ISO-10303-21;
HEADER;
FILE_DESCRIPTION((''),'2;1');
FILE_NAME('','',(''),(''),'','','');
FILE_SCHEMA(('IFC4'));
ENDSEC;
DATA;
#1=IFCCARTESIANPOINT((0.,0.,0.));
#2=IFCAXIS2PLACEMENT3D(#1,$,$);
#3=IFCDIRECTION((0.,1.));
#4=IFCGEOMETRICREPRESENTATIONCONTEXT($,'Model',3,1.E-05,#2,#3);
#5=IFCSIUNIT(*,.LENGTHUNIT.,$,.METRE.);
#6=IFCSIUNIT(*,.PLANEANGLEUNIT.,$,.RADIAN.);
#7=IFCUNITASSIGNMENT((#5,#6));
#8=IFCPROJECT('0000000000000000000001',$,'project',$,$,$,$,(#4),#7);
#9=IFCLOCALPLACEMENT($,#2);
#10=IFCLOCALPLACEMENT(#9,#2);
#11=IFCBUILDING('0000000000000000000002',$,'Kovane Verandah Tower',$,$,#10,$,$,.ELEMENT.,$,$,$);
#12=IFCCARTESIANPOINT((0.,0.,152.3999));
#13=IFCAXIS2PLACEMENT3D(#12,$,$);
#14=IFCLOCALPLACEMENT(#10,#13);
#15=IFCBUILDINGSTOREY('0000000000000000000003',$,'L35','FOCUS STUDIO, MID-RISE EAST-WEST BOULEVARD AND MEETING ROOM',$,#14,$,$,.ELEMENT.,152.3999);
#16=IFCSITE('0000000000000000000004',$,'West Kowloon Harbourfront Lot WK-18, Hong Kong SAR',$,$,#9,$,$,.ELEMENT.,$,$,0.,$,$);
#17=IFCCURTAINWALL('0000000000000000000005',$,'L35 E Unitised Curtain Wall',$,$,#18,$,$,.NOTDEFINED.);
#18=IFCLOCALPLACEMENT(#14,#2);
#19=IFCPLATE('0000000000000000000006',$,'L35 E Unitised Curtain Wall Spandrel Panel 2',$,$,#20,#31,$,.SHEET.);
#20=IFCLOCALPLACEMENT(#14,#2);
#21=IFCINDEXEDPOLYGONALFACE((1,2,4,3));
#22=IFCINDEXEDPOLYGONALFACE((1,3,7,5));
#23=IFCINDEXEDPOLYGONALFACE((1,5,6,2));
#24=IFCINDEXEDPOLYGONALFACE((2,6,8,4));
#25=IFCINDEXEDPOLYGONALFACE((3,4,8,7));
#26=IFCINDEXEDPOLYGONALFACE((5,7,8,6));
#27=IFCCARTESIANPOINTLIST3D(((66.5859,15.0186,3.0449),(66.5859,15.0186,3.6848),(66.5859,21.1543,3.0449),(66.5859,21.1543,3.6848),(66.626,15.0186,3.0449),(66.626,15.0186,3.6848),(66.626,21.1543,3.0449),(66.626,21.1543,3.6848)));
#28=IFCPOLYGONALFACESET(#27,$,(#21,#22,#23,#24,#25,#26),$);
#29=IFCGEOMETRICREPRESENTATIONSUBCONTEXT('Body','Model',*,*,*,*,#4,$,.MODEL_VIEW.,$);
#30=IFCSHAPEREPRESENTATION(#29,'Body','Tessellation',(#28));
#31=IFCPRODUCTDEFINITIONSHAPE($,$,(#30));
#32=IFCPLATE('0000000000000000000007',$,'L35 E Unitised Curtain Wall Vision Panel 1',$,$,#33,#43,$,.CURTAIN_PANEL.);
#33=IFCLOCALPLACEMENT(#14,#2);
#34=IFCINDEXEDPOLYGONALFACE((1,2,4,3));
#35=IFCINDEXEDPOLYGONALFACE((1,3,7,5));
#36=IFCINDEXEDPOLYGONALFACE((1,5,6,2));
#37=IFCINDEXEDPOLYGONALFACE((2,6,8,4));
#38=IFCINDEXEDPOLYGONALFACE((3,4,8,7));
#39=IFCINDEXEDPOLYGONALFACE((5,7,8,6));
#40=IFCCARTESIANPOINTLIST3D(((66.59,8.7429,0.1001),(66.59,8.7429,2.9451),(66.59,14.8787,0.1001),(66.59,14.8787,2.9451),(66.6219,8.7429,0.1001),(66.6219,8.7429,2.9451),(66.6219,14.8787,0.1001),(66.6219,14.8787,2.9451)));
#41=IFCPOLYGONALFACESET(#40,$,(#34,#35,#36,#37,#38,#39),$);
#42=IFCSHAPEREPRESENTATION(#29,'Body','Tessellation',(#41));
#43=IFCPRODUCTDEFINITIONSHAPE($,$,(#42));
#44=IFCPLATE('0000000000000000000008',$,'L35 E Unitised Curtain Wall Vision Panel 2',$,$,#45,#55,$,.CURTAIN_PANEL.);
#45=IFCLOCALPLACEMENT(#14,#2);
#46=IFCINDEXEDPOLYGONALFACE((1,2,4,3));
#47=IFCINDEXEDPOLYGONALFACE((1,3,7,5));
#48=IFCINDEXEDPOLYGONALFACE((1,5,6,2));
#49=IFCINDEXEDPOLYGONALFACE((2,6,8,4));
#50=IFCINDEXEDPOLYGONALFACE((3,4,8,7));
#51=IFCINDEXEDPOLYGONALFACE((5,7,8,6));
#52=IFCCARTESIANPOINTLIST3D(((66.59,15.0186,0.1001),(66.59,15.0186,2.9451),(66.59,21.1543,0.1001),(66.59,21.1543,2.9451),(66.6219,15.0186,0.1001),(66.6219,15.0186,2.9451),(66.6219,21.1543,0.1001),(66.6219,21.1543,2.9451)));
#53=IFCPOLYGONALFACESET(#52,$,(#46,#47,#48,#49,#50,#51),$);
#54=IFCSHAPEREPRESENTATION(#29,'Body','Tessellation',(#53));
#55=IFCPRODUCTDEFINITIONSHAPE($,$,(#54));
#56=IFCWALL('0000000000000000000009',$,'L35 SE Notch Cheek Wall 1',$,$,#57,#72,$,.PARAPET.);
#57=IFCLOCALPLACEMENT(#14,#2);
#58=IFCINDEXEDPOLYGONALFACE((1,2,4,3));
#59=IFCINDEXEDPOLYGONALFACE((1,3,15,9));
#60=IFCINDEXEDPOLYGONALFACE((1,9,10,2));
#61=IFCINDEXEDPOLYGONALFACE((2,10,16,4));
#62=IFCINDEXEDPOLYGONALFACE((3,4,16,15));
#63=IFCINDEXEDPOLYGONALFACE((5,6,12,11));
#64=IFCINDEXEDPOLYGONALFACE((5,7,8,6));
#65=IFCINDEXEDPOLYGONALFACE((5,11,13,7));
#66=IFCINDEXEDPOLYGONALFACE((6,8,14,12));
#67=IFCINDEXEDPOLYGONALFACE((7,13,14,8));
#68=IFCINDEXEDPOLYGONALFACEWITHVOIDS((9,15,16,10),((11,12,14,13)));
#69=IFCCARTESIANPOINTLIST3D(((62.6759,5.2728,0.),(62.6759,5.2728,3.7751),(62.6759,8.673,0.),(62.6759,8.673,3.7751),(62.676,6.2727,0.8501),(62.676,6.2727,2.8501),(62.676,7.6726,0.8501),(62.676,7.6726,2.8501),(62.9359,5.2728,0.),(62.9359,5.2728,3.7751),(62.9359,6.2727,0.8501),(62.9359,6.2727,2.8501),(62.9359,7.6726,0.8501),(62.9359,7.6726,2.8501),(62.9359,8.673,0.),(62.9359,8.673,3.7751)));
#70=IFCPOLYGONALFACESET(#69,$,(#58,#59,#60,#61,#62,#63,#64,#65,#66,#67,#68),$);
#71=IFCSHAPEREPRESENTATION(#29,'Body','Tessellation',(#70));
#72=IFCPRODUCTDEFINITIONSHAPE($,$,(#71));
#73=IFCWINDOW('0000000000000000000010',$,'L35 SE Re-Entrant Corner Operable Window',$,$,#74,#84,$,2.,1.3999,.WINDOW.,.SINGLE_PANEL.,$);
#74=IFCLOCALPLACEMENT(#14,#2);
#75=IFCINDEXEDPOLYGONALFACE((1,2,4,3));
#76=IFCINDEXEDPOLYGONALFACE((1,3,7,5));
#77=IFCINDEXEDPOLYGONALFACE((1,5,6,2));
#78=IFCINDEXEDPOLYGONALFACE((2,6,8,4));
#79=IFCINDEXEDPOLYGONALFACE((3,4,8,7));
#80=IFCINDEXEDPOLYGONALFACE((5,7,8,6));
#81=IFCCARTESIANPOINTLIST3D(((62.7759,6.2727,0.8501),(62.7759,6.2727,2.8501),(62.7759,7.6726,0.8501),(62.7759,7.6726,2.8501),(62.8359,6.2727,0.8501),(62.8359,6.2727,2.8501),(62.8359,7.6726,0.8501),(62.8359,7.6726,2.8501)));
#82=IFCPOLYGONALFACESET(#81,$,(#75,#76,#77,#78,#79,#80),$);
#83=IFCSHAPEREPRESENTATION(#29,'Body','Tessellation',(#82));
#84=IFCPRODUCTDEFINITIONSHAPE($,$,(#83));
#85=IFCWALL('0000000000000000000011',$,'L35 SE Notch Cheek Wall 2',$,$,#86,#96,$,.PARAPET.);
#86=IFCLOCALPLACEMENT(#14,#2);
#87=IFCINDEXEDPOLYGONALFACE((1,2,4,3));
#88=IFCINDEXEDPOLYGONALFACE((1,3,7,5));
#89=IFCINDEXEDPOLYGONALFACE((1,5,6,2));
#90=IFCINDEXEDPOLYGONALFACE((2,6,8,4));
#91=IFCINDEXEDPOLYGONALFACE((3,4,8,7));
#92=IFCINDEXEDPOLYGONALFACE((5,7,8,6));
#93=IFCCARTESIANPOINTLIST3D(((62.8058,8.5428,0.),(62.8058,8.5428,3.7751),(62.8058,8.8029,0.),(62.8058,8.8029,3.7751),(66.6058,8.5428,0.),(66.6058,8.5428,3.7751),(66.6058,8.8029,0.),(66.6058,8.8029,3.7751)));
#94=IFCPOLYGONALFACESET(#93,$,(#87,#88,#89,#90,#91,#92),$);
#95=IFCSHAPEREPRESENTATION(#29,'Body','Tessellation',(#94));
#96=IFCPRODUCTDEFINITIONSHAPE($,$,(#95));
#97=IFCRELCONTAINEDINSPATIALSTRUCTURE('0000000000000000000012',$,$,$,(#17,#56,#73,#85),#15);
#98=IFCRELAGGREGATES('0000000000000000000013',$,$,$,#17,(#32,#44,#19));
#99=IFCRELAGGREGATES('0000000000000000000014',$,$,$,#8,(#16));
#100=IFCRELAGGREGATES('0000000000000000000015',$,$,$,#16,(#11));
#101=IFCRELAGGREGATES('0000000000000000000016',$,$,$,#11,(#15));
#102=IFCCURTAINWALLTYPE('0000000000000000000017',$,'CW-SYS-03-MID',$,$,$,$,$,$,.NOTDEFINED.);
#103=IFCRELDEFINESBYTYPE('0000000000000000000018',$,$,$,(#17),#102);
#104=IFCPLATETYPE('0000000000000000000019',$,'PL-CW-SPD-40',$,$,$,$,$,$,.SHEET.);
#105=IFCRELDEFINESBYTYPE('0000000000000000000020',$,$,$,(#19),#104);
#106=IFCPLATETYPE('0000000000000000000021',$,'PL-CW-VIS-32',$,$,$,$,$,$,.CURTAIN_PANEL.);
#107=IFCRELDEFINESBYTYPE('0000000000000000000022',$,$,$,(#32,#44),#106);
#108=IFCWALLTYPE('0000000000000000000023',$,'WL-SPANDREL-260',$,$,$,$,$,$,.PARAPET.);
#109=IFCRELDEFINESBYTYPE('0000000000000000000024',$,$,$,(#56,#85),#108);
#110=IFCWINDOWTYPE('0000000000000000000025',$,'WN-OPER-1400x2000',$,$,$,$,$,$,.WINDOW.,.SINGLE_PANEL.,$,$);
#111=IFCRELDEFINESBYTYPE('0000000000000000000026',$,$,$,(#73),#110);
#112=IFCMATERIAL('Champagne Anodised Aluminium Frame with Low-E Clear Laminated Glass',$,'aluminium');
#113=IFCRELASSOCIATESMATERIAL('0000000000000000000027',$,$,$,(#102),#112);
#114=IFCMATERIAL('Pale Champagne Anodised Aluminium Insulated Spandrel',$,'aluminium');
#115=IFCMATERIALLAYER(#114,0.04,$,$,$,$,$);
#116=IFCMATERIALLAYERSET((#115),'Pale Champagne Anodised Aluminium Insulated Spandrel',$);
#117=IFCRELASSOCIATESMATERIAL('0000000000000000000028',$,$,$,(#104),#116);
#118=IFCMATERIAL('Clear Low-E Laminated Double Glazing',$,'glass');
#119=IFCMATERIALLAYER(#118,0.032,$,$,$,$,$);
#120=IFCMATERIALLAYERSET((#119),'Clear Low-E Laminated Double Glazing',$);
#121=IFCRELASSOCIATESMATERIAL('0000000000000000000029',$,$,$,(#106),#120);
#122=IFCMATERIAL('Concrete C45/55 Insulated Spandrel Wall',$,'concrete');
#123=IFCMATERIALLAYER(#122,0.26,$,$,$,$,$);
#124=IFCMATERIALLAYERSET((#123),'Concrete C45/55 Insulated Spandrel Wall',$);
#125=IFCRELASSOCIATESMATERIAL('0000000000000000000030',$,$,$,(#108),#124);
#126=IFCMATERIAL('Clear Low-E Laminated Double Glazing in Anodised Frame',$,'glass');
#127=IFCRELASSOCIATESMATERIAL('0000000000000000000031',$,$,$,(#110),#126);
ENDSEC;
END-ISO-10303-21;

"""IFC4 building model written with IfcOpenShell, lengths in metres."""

from ifc_helpers import new_model, si_unit, direction, frame, frame_2d, origin, origin_2d, place, context, subcontext, project, spatial, rectangle, extrude, material, layer, layer_set, type_object, element, fill, aggregate, save


model = new_model("IFC4")

# Units and contexts
model_context = context("Model", 3, precision=1e-05, world=origin(), true_north=direction((0.0, 1.0)))
body_context = subcontext(model_context, "Body", "Model", "MODEL_VIEW")
ifc_project = project(units=[si_unit("LENGTHUNIT", "METRE"), si_unit("PLANEANGLEUNIT", "RADIAN")], contexts=[model_context])

# Site, building, storey
site_placement = place(None, origin())
site = spatial("IfcSite", under=ifc_project, at=site_placement, Name="West Kowloon Harbourfront Lot WK-18, Hong Kong SAR", CompositionType="ELEMENT", RefElevation=0.0)
building_placement = place(site_placement, origin())
building = spatial("IfcBuilding", under=site, at=building_placement, Name="Kovane Verandah Tower", CompositionType="ELEMENT")
storey_placement = place(building_placement, frame((0.0, 0.0, 152.3999)))
storey = spatial("IfcBuildingStorey", under=building, at=storey_placement, Name="L35", Description="FOCUS STUDIO, MID-RISE EAST-WEST BOULEVARD AND MEETING ROOM", CompositionType="ELEMENT", Elevation=152.3999)

# Curtain wall
ifc_material_1 = material(Name="Champagne Anodised Aluminium Frame with Low-E Clear Laminated Glass", Category="aluminium")
curtain_wall_type = type_object("IfcCurtainWallType", Name="CW-SYS-03-MID", PredefinedType="NOTDEFINED", material=ifc_material_1)
curtain_wall_placement = place(storey_placement, origin())
curtain_wall = element("IfcCurtainWall", 1, at=curtain_wall_placement, inside=storey, type_object=curtain_wall_type, Name="L35 E Unitised Curtain Wall", PredefinedType="NOTDEFINED")

# Plates
ifc_material_2 = material(Name="Pale Champagne Anodised Aluminium Insulated Spandrel", Category="aluminium")
ifc_layer_1 = layer(ifc_material_2, 0.04)
ifc_layer_set_1 = layer_set([ifc_layer_1], Name="Pale Champagne Anodised Aluminium Insulated Spandrel")
plate_type_1 = type_object("IfcPlateType", Name="PL-CW-SPD-40", PredefinedType="SHEET", material=ifc_layer_set_1)
plate_1_placement = place(storey_placement, frame((66.606, 18.0864, 3.0449), z_axis=(0.0, 0.0, 1.0), x_axis=(0.0, 1.0, 0.0)))
plate_1 = element("IfcPlate", 2, at=plate_1_placement, type_object=plate_type_1, Name="L35 E Unitised Curtain Wall Spandrel Panel 2", PredefinedType="SHEET", context=body_context, shape_type="SweptSolid", body=[
    extrude(rectangle(XDim=6.1357, YDim=0.04, at=origin_2d()), origin(), (0.0, 0.0, 1.0), 0.6399),
])
ifc_material_3 = material(Name="Clear Low-E Laminated Double Glazing", Category="glass")
ifc_layer_2 = layer(ifc_material_3, 0.032)
ifc_layer_set_2 = layer_set([ifc_layer_2], Name="Clear Low-E Laminated Double Glazing")
plate_type_2 = type_object("IfcPlateType", Name="PL-CW-VIS-32", PredefinedType="CURTAIN_PANEL", material=ifc_layer_set_2)
plate_2_placement = place(storey_placement, frame((66.606, 11.8108, 0.1001), z_axis=(0.0, 0.0, 1.0), x_axis=(0.0, 1.0, 0.0)))
plate_2 = element("IfcPlate", 3, at=plate_2_placement, type_object=plate_type_2, Name="L35 E Unitised Curtain Wall Vision Panel 1", PredefinedType="CURTAIN_PANEL", context=body_context, shape_type="SweptSolid", body=[
    extrude(rectangle(XDim=6.1357, YDim=0.032, at=origin_2d()), origin(), (0.0, 0.0, 1.0), 2.845),
])
plate_3_placement = place(storey_placement, frame((66.606, 18.0864, 0.1001), z_axis=(0.0, 0.0, 1.0), x_axis=(0.0, 1.0, 0.0)))
plate_3 = element("IfcPlate", 4, at=plate_3_placement, type_object=plate_type_2, Name="L35 E Unitised Curtain Wall Vision Panel 2", PredefinedType="CURTAIN_PANEL", context=body_context, shape_type="SweptSolid", body=[
    extrude(rectangle(XDim=6.1357, YDim=0.032, at=origin_2d()), origin(), (0.0, 0.0, 1.0), 2.845),
])
aggregate(curtain_wall, [plate_2, plate_3, plate_1])

# Wall, opening, window
ifc_material_4 = material(Name="Concrete C45/55 Insulated Spandrel Wall", Category="concrete")
ifc_layer_3 = layer(ifc_material_4, 0.26)
ifc_layer_set_3 = layer_set([ifc_layer_3], Name="Concrete C45/55 Insulated Spandrel Wall")
wall_type = type_object("IfcWallType", Name="WL-SPANDREL-260", PredefinedType="PARAPET", material=ifc_layer_set_3)
wall_1_placement = place(storey_placement, frame((62.8059, 5.2727, 0.0), z_axis=(0.0, 0.0, 1.0), x_axis=(0.0, 1.0, 0.0)))
wall_1 = element("IfcWall", 5, at=wall_1_placement, inside=storey, type_object=wall_type, Name="L35 SE Notch Cheek Wall 1", PredefinedType="PARAPET", context=body_context, shape_type="SweptSolid", body=[
    extrude(rectangle(XDim=3.4001, YDim=0.26, at=frame_2d((1.7002, 0.0))), origin(), (0.0, 0.0, 1.0), 3.7751),
])
opening_placement = place(wall_1_placement, frame((1.0, 0.0, 0.8501)))
opening = element("IfcOpeningElement", 6, at=opening_placement, cuts=wall_1, PredefinedType="OPENING", context=body_context, shape_type="SweptSolid", body=[
    extrude(rectangle(XDim=1.3999, YDim=2.0, at=frame_2d((0.7, 1.0))), frame((0.0, 0.1299, 0.0), z_axis=(0.0, -1.0, 0.0), x_axis=(1.0, 0.0, 0.0)), (0.0, 0.0, 1.0), 0.26),
])
ifc_material_5 = material(Name="Clear Low-E Laminated Double Glazing in Anodised Frame", Category="glass")
window_type = type_object("IfcWindowType", Name="WN-OPER-1400x2000", PartitioningType="SINGLE_PANEL", PredefinedType="WINDOW", material=ifc_material_5)
window_placement = place(opening_placement, origin())
window = element("IfcWindow", 7, at=window_placement, inside=storey, type_object=window_type, Name="L35 SE Re-Entrant Corner Operable Window", OverallHeight=2.0, OverallWidth=1.3999, PartitioningType="SINGLE_PANEL", PredefinedType="WINDOW", context=body_context, shape_type="SweptSolid", body=[
    extrude(rectangle(XDim=1.3999, YDim=2.0, at=frame_2d((0.7, 1.0))), frame((0.0, 0.03, 0.0), z_axis=(0.0, -1.0, 0.0), x_axis=(1.0, 0.0, 0.0)), (0.0, 0.0, 1.0), 0.0601),
])
fill(opening, window)

# Wall
wall_2_placement = place(storey_placement, frame((62.8059, 8.6729, 0.0), z_axis=(0.0, 0.0, 1.0), x_axis=(1.0, 0.0, 0.0)))
element("IfcWall", 8, at=wall_2_placement, inside=storey, type_object=wall_type, Name="L35 SE Notch Cheek Wall 2", PredefinedType="PARAPET", context=body_context, shape_type="SweptSolid", body=[
    extrude(rectangle(XDim=3.8, YDim=0.26, at=frame_2d((1.8999, 0.0))), origin(), (0.0, 0.0, 1.0), 3.7751),
])

save(model, "model.ifc")
